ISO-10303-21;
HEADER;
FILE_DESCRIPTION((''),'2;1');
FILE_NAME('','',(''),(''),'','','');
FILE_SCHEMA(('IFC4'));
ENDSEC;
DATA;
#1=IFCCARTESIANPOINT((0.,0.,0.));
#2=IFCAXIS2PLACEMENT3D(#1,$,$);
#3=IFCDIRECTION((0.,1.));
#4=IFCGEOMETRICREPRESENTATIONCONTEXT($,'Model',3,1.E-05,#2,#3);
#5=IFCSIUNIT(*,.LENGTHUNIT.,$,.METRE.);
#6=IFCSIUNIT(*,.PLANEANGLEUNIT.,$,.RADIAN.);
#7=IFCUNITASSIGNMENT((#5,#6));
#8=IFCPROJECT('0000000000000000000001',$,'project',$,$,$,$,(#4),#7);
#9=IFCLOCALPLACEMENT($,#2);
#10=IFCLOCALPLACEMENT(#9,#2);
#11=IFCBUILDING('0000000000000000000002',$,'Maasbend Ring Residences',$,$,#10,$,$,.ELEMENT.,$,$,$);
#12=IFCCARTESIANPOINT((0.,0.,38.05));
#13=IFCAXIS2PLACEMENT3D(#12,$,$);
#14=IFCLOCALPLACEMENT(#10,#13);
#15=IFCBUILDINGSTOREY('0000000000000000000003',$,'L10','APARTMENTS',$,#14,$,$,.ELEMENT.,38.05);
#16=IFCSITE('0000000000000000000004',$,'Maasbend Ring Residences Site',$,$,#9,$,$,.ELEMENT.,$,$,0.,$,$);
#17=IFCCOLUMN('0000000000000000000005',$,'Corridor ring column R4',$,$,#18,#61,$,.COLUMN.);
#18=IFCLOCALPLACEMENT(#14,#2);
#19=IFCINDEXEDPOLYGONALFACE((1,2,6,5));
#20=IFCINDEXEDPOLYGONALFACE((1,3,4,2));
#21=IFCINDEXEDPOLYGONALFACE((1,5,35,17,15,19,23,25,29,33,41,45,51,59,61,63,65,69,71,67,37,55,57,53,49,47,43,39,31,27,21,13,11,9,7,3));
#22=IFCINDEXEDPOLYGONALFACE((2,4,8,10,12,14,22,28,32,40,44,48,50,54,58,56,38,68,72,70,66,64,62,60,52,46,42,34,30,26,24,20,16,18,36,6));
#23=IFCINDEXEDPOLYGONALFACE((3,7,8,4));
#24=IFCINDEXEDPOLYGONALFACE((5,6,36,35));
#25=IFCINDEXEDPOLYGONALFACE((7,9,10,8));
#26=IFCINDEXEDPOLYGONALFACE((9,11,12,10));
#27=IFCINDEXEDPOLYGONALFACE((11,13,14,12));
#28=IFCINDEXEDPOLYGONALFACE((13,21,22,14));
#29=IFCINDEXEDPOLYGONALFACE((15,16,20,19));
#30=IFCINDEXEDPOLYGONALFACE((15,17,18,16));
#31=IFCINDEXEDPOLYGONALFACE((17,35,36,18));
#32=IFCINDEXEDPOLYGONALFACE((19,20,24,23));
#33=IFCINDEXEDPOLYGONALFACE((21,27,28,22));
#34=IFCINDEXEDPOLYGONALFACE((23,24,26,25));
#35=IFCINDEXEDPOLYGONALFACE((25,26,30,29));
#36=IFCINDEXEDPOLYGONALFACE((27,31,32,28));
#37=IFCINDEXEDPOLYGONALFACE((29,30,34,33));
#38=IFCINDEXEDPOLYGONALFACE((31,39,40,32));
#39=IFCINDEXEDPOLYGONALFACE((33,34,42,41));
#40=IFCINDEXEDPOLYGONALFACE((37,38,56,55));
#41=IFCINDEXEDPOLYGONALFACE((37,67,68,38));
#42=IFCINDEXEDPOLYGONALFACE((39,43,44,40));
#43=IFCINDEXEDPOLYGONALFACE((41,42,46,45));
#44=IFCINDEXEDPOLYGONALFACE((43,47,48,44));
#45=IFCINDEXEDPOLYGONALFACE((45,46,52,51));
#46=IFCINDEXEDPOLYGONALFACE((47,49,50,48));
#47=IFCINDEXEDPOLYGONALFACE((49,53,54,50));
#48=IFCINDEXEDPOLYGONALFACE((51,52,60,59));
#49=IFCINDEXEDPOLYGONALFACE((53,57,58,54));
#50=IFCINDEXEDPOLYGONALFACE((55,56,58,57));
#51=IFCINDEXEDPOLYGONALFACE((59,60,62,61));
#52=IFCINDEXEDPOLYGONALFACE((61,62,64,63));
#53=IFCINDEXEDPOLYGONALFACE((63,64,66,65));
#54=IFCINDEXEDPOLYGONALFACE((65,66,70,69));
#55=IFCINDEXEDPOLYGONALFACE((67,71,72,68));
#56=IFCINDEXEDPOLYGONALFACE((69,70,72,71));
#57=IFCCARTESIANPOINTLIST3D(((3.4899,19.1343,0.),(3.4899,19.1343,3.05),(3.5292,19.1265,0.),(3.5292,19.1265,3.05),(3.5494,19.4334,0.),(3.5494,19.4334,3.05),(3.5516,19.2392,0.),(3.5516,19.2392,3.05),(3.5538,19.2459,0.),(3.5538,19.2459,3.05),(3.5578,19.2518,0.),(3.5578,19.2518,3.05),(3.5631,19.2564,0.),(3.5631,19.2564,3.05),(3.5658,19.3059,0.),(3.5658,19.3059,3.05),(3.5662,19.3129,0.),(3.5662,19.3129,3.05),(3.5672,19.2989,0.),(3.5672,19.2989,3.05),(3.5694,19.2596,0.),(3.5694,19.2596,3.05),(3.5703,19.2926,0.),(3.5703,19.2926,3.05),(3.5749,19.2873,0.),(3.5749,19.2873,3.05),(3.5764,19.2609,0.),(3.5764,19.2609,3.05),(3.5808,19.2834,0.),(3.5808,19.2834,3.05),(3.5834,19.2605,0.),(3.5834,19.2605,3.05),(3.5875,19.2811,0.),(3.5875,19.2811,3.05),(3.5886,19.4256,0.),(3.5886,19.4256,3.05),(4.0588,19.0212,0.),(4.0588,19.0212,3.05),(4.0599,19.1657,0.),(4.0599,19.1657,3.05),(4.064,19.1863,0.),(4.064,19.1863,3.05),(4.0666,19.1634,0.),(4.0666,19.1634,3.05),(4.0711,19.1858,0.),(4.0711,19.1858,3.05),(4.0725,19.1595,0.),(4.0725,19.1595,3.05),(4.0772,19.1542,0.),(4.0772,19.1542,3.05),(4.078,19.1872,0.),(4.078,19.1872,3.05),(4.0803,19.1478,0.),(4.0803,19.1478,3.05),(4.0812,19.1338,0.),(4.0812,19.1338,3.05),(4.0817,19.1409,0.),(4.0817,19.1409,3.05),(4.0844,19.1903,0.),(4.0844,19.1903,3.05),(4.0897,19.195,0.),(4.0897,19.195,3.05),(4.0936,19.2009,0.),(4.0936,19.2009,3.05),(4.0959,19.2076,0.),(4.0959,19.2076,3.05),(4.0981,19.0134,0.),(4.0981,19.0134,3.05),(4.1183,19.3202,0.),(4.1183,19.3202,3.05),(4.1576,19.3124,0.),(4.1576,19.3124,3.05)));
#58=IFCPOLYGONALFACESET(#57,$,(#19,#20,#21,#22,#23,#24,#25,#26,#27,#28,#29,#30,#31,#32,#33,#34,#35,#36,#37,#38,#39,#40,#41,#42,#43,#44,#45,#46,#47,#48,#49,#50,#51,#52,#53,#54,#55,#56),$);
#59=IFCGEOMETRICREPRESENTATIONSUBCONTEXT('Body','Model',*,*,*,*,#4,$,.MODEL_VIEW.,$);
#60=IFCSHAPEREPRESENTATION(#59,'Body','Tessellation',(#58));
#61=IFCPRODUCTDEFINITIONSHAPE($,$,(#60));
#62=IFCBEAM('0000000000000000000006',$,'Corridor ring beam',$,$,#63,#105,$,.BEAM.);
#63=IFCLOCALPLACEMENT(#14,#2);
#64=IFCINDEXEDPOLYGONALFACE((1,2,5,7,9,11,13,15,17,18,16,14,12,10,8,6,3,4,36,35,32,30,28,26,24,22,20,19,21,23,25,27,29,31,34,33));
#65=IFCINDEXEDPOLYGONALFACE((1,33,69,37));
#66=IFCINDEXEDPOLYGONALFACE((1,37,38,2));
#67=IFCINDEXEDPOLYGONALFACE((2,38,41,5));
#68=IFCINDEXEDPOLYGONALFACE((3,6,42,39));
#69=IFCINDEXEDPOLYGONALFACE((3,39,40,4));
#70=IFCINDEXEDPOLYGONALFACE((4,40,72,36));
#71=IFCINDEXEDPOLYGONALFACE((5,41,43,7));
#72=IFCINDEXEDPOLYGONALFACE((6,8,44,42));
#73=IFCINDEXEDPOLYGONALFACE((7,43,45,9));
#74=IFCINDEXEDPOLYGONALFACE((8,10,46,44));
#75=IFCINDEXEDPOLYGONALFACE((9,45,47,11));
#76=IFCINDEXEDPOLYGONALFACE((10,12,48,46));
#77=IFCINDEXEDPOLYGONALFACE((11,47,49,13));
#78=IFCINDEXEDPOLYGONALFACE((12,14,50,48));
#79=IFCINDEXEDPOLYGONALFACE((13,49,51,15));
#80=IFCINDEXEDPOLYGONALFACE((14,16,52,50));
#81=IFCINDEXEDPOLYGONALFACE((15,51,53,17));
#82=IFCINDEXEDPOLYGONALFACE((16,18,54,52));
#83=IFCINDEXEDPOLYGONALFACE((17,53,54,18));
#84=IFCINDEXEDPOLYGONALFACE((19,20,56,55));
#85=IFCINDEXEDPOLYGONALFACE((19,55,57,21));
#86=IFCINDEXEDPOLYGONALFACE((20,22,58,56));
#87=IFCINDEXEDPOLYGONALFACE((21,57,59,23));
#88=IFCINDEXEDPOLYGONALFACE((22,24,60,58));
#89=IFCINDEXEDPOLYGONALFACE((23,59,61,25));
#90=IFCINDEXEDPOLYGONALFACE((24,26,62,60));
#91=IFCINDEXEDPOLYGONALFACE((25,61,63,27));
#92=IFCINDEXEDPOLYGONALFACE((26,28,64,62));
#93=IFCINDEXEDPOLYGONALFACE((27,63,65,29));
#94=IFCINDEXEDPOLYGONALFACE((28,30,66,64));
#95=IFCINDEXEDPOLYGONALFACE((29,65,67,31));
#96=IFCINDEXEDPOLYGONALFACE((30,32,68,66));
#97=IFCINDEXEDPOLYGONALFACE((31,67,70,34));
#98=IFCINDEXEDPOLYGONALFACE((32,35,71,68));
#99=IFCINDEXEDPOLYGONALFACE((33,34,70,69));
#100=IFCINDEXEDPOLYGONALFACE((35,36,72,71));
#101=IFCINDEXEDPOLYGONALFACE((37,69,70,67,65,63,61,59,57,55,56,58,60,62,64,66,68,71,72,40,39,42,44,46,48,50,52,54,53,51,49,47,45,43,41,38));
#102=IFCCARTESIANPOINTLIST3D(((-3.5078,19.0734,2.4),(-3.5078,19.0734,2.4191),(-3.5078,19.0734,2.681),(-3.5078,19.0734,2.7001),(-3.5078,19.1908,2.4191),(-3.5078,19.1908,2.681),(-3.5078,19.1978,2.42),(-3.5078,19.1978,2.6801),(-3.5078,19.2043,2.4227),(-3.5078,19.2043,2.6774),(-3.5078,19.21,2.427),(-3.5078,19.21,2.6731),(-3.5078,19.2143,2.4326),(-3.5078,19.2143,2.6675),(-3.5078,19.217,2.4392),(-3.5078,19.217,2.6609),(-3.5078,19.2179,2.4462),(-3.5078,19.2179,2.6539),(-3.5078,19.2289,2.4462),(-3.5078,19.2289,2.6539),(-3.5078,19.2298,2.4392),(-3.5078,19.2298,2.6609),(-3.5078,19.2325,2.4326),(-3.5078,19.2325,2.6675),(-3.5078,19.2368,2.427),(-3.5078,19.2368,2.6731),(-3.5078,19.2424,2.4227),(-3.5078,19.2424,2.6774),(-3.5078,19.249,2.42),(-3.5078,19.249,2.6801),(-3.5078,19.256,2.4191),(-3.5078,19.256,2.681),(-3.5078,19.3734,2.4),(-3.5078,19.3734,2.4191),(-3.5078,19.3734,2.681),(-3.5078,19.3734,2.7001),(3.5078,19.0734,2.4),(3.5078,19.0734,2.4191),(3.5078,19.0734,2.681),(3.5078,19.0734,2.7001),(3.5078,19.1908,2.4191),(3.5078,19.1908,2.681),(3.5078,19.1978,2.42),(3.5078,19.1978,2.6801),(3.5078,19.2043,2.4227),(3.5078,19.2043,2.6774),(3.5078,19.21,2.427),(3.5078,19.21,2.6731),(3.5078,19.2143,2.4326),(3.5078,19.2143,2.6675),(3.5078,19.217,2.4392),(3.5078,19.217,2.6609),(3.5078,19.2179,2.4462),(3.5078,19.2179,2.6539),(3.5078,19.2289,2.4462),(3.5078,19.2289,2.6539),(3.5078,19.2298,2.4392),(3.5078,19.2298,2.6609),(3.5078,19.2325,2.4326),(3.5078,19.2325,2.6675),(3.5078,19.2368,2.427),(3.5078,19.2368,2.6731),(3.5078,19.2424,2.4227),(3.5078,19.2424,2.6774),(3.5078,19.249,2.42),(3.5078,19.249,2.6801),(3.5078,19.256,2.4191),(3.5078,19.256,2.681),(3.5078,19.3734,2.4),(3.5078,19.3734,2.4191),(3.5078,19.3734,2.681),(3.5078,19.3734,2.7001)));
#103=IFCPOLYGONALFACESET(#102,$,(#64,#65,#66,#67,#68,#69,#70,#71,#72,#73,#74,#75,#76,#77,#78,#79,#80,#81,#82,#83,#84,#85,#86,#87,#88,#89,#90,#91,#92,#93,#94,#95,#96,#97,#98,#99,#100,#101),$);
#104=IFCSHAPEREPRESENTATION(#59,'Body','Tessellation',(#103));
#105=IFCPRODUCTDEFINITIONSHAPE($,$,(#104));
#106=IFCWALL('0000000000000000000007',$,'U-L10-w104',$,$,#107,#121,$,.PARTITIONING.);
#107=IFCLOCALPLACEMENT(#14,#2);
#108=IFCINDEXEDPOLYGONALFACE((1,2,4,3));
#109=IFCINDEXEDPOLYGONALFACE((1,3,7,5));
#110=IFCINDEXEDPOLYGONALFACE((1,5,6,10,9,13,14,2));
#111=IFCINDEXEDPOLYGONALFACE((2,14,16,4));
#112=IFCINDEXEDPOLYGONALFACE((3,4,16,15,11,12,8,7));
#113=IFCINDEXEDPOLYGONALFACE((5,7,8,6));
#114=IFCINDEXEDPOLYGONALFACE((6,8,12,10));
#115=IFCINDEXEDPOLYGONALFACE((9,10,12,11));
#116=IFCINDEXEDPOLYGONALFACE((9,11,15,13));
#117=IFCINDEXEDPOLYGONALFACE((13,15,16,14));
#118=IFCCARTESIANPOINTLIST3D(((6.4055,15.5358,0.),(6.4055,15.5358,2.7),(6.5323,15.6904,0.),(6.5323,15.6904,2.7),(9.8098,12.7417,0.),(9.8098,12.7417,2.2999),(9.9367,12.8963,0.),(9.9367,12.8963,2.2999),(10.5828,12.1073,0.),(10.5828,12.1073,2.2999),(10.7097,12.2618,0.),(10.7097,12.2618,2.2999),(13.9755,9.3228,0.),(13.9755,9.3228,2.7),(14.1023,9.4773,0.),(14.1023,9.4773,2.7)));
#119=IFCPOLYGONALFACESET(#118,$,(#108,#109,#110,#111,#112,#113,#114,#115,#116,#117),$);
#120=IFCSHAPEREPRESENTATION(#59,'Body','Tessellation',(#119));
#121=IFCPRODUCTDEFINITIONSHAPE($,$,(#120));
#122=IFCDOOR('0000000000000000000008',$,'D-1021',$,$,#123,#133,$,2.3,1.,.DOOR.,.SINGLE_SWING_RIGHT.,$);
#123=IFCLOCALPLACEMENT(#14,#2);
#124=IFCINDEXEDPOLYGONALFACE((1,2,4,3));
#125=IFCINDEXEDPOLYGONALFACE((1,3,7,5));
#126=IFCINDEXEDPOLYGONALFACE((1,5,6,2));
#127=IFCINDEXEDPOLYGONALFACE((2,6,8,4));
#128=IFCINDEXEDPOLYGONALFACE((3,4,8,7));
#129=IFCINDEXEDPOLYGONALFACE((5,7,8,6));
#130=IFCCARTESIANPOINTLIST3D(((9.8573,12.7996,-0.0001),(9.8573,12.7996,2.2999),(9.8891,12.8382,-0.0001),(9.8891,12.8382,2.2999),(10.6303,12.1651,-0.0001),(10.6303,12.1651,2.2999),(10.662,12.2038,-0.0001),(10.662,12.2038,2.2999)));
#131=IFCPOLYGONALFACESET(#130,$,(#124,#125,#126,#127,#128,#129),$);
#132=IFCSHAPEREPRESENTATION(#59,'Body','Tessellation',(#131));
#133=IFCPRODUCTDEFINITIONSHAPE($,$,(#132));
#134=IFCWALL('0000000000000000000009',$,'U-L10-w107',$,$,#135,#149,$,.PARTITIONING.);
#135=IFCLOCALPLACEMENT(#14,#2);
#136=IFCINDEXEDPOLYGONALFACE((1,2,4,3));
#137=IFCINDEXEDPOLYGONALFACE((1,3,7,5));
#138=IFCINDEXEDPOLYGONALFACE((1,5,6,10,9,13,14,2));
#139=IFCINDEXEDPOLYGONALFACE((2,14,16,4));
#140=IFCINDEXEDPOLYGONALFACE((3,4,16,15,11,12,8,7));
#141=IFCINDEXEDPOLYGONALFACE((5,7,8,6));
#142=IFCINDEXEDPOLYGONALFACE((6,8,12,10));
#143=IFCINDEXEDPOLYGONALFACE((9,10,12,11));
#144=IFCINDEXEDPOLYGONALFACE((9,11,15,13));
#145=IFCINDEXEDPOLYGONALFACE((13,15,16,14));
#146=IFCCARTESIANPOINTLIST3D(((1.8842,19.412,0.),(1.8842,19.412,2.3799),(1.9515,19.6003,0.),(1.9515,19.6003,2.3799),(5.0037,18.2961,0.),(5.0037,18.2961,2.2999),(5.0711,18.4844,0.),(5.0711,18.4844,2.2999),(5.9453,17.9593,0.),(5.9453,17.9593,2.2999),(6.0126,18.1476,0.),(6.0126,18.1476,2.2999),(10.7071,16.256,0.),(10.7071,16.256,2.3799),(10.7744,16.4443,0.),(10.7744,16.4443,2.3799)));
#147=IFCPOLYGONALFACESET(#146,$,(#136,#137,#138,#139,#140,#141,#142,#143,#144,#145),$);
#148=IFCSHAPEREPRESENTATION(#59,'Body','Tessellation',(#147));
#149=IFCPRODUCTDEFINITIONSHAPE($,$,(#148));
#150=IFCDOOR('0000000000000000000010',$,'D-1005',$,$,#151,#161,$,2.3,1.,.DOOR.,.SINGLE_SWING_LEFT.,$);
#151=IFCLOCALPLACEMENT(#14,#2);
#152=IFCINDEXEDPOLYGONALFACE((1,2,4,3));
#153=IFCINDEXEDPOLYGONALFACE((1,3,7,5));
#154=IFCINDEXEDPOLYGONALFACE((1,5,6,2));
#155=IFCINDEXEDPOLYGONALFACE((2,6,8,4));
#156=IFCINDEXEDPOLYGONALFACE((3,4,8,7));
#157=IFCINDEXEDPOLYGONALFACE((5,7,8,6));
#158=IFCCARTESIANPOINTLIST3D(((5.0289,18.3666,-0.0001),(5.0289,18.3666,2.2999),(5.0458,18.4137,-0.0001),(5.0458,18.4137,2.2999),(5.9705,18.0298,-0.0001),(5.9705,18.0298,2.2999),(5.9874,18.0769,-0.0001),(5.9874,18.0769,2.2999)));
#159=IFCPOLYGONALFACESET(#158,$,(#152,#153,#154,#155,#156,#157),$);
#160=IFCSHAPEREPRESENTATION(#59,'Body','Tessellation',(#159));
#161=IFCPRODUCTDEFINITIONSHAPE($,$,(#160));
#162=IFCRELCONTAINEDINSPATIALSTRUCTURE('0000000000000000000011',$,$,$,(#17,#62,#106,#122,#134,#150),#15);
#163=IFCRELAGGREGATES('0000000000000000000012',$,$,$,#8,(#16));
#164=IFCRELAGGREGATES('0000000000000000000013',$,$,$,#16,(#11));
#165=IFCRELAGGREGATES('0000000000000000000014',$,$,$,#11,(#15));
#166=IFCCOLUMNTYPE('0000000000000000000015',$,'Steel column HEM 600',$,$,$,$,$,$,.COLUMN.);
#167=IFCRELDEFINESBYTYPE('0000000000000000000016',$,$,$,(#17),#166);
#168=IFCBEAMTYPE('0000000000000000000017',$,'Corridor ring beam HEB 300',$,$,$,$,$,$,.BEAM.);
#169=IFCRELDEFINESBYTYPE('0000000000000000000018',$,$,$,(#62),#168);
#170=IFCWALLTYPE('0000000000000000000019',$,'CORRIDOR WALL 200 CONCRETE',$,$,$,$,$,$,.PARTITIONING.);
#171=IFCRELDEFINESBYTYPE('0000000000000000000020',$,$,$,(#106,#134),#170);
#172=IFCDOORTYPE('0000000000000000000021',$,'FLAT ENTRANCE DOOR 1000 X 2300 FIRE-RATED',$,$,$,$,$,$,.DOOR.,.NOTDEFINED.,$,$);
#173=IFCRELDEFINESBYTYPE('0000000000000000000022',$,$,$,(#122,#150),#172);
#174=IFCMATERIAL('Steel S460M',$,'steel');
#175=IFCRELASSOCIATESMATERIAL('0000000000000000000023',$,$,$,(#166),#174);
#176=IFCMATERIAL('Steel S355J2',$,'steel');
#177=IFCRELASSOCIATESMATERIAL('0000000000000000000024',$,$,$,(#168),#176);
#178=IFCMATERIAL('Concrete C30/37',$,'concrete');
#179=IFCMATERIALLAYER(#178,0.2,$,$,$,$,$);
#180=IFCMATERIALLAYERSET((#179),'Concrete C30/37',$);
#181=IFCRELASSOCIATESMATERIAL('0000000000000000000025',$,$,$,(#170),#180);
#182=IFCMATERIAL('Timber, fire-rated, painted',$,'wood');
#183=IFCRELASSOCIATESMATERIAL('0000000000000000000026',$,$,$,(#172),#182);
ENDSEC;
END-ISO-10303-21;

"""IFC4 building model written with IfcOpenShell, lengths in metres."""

from ifc_helpers import new_model, si_unit, direction, frame, frame_2d, origin, origin_2d, place, context, subcontext, project, spatial, rectangle, i_section, extrude, material, layer, layer_set, material_profile, profile_set, type_object, element, fill, save


model = new_model("IFC4")

# Units and contexts
model_context = context("Model", 3, precision=1e-05, world=origin(), true_north=direction((0.0, 1.0)))
body_context = subcontext(model_context, "Body", "Model", "MODEL_VIEW")
ifc_project = project(units=[si_unit("LENGTHUNIT", "METRE"), si_unit("PLANEANGLEUNIT", "RADIAN")], contexts=[model_context])

# Site, building, storey
site_placement = place(None, origin())
site = spatial("IfcSite", under=ifc_project, at=site_placement, Name="Maasbend Ring Residences Site", CompositionType="ELEMENT", RefElevation=0.0)
building_placement = place(site_placement, origin())
building = spatial("IfcBuilding", under=site, at=building_placement, Name="Maasbend Ring Residences", CompositionType="ELEMENT")
storey_placement = place(building_placement, frame((0.0, 0.0, 38.05)))
storey = spatial("IfcBuildingStorey", under=building, at=storey_placement, Name="L10", Description="APARTMENTS", CompositionType="ELEMENT", Elevation=38.05)

# Column
ifc_material_1 = material(Name="Steel S460M", Category="steel")
ifc_material_profile_1 = material_profile(ifc_material_1, i_section(OverallWidth=0.3049, OverallDepth=0.6201, WebThickness=0.021, FlangeThickness=0.04, FilletRadius=0.0271, at=origin_2d()), Name="HEM 600")
ifc_profile_set_1 = profile_set([ifc_material_profile_1], Name="Steel S460M")
column_type = type_object("IfcColumnType", Name="Steel column HEM 600", PredefinedType="COLUMN", material=ifc_profile_set_1)
column_placement = place(storey_placement, frame((3.8237, 19.2234, 0.0), z_axis=(0.0, 0.0, 1.0), x_axis=(0.19509, 0.980785, 0.0)))
element("IfcColumn", 1, at=column_placement, inside=storey, type_object=column_type, Name="Corridor ring column R4", PredefinedType="COLUMN", context=body_context, shape_type="SweptSolid", body=[
    extrude(i_section(OverallWidth=0.3049, OverallDepth=0.6201, WebThickness=0.021, FlangeThickness=0.04, FilletRadius=0.0271, at=origin_2d()), origin(), (0.0, 0.0, 1.0), 3.05),
])

# Beam
ifc_material_2 = material(Name="Steel S355J2", Category="steel")
ifc_material_profile_2 = material_profile(ifc_material_2, i_section(OverallWidth=0.3, OverallDepth=0.3, WebThickness=0.011, FlangeThickness=0.019, FilletRadius=0.0271, at=origin_2d()), Name="HEB 300")
ifc_profile_set_2 = profile_set([ifc_material_profile_2], Name="Steel S355J2")
beam_type = type_object("IfcBeamType", Name="Corridor ring beam HEB 300", PredefinedType="BEAM", material=ifc_profile_set_2)
beam_placement = place(storey_placement, frame((3.5078, 19.2234, 2.55), z_axis=(-1.0, 0.0, 0.0), x_axis=(0.0, -1.0, 0.0)))
element("IfcBeam", 2, at=beam_placement, inside=storey, type_object=beam_type, Name="Corridor ring beam", PredefinedType="BEAM", context=body_context, shape_type="SweptSolid", body=[
    extrude(i_section(OverallWidth=0.3, OverallDepth=0.3, WebThickness=0.011, FlangeThickness=0.019, FilletRadius=0.0271, at=origin_2d()), origin(), (0.0, 0.0, 1.0), 7.0156),
])

# Walls, openings, doors
ifc_material_3 = material(Name="Concrete C30/37", Category="concrete")
ifc_layer_1 = layer(ifc_material_3, 0.2)
ifc_layer_set_1 = layer_set([ifc_layer_1], Name="Concrete C30/37")
wall_type_1 = type_object("IfcWallType", Name="CORRIDOR WALL 200 CONCRETE", PredefinedType="PARTITIONING", material=ifc_layer_set_1)
wall_1_placement = place(storey_placement, frame((6.469, 15.613, 0.0), z_axis=(0.0, 0.0, 1.0), x_axis=(0.772983, -0.634426, 0.0)))
wall_1 = element("IfcWall", 3, at=wall_1_placement, inside=storey, type_object=wall_type_1, Name="U-L10-w104", PredefinedType="PARTITIONING", context=body_context, shape_type="SweptSolid", body=[
    extrude(rectangle(XDim=9.7932, YDim=0.2, at=frame_2d((4.8965, 0.0))), origin(), (0.0, 0.0, 1.0), 2.7),
])
opening_1_placement = place(wall_1_placement, frame((4.4041, 0.0, 0.0)))
opening_1 = element("IfcOpeningElement", 4, at=opening_1_placement, cuts=wall_1, PredefinedType="OPENING", context=body_context, shape_type="SweptSolid", body=[
    extrude(rectangle(XDim=1.0, YDim=2.3, at=frame_2d((0.5, 1.1499))), frame((0.0, 0.1099, 0.0), z_axis=(0.0, -1.0, 0.0), x_axis=(1.0, 0.0, 0.0)), (0.0, 0.0, 1.0), 0.22),
])
ifc_material_4 = material(Name="Timber, fire-rated, painted", Category="wood")
door_type_1 = type_object("IfcDoorType", Name="FLAT ENTRANCE DOOR 1000 X 2300 FIRE-RATED", OperationType="NOTDEFINED", PredefinedType="DOOR", material=ifc_material_4)
door_1_placement = place(opening_1_placement, origin())
door_1 = element("IfcDoor", 5, at=door_1_placement, inside=storey, type_object=door_type_1, Name="D-1021", OperationType="SINGLE_SWING_RIGHT", OverallHeight=2.3, OverallWidth=1.0, PredefinedType="DOOR", context=body_context, shape_type="SweptSolid", body=[
    extrude(rectangle(XDim=1.0, YDim=2.3, at=frame_2d((0.5, 1.1499))), frame((0.0, 0.0249, 0.0), z_axis=(0.0, -1.0, 0.0), x_axis=(1.0, 0.0, 0.0)), (0.0, 0.0, 1.0), 0.05),
])
fill(opening_1, door_1)
wall_2_placement = place(storey_placement, frame((1.918, 19.5061, 0.0), z_axis=(0.0, 0.0, 1.0), x_axis=(0.941575, -0.336803, 0.0)))
wall_2 = element("IfcWall", 6, at=wall_2_placement, inside=storey, type_object=wall_type_1, Name="U-L10-w107", PredefinedType="PARTITIONING", context=body_context, shape_type="SweptSolid", body=[
    extrude(rectangle(XDim=9.3704, YDim=0.2, at=frame_2d((4.6851, 0.0))), origin(), (0.0, 0.0, 1.0), 2.3799),
])
opening_2_placement = place(wall_2_placement, frame((3.313, 0.0, 0.0)))
opening_2 = element("IfcOpeningElement", 7, at=opening_2_placement, cuts=wall_2, PredefinedType="OPENING", context=body_context, shape_type="SweptSolid", body=[
    extrude(rectangle(XDim=1.0, YDim=2.3, at=frame_2d((0.5, 1.1499))), frame((0.0, 0.1099, 0.0), z_axis=(0.0, -1.0, 0.0), x_axis=(1.0, 0.0, 0.0)), (0.0, 0.0, 1.0), 0.22),
])
door_2_placement = place(opening_2_placement, origin())
door_2 = element("IfcDoor", 8, at=door_2_placement, inside=storey, type_object=door_type_1, Name="D-1005", OperationType="SINGLE_SWING_LEFT", OverallHeight=2.3, OverallWidth=1.0, PredefinedType="DOOR", context=body_context, shape_type="SweptSolid", body=[
    extrude(rectangle(XDim=1.0, YDim=2.3, at=frame_2d((0.5, 1.1499))), frame((0.0, 0.0249, 0.0), z_axis=(0.0, -1.0, 0.0), x_axis=(1.0, 0.0, 0.0)), (0.0, 0.0, 1.0), 0.05),
])
fill(opening_2, door_2)

save(model, "model.ifc")
